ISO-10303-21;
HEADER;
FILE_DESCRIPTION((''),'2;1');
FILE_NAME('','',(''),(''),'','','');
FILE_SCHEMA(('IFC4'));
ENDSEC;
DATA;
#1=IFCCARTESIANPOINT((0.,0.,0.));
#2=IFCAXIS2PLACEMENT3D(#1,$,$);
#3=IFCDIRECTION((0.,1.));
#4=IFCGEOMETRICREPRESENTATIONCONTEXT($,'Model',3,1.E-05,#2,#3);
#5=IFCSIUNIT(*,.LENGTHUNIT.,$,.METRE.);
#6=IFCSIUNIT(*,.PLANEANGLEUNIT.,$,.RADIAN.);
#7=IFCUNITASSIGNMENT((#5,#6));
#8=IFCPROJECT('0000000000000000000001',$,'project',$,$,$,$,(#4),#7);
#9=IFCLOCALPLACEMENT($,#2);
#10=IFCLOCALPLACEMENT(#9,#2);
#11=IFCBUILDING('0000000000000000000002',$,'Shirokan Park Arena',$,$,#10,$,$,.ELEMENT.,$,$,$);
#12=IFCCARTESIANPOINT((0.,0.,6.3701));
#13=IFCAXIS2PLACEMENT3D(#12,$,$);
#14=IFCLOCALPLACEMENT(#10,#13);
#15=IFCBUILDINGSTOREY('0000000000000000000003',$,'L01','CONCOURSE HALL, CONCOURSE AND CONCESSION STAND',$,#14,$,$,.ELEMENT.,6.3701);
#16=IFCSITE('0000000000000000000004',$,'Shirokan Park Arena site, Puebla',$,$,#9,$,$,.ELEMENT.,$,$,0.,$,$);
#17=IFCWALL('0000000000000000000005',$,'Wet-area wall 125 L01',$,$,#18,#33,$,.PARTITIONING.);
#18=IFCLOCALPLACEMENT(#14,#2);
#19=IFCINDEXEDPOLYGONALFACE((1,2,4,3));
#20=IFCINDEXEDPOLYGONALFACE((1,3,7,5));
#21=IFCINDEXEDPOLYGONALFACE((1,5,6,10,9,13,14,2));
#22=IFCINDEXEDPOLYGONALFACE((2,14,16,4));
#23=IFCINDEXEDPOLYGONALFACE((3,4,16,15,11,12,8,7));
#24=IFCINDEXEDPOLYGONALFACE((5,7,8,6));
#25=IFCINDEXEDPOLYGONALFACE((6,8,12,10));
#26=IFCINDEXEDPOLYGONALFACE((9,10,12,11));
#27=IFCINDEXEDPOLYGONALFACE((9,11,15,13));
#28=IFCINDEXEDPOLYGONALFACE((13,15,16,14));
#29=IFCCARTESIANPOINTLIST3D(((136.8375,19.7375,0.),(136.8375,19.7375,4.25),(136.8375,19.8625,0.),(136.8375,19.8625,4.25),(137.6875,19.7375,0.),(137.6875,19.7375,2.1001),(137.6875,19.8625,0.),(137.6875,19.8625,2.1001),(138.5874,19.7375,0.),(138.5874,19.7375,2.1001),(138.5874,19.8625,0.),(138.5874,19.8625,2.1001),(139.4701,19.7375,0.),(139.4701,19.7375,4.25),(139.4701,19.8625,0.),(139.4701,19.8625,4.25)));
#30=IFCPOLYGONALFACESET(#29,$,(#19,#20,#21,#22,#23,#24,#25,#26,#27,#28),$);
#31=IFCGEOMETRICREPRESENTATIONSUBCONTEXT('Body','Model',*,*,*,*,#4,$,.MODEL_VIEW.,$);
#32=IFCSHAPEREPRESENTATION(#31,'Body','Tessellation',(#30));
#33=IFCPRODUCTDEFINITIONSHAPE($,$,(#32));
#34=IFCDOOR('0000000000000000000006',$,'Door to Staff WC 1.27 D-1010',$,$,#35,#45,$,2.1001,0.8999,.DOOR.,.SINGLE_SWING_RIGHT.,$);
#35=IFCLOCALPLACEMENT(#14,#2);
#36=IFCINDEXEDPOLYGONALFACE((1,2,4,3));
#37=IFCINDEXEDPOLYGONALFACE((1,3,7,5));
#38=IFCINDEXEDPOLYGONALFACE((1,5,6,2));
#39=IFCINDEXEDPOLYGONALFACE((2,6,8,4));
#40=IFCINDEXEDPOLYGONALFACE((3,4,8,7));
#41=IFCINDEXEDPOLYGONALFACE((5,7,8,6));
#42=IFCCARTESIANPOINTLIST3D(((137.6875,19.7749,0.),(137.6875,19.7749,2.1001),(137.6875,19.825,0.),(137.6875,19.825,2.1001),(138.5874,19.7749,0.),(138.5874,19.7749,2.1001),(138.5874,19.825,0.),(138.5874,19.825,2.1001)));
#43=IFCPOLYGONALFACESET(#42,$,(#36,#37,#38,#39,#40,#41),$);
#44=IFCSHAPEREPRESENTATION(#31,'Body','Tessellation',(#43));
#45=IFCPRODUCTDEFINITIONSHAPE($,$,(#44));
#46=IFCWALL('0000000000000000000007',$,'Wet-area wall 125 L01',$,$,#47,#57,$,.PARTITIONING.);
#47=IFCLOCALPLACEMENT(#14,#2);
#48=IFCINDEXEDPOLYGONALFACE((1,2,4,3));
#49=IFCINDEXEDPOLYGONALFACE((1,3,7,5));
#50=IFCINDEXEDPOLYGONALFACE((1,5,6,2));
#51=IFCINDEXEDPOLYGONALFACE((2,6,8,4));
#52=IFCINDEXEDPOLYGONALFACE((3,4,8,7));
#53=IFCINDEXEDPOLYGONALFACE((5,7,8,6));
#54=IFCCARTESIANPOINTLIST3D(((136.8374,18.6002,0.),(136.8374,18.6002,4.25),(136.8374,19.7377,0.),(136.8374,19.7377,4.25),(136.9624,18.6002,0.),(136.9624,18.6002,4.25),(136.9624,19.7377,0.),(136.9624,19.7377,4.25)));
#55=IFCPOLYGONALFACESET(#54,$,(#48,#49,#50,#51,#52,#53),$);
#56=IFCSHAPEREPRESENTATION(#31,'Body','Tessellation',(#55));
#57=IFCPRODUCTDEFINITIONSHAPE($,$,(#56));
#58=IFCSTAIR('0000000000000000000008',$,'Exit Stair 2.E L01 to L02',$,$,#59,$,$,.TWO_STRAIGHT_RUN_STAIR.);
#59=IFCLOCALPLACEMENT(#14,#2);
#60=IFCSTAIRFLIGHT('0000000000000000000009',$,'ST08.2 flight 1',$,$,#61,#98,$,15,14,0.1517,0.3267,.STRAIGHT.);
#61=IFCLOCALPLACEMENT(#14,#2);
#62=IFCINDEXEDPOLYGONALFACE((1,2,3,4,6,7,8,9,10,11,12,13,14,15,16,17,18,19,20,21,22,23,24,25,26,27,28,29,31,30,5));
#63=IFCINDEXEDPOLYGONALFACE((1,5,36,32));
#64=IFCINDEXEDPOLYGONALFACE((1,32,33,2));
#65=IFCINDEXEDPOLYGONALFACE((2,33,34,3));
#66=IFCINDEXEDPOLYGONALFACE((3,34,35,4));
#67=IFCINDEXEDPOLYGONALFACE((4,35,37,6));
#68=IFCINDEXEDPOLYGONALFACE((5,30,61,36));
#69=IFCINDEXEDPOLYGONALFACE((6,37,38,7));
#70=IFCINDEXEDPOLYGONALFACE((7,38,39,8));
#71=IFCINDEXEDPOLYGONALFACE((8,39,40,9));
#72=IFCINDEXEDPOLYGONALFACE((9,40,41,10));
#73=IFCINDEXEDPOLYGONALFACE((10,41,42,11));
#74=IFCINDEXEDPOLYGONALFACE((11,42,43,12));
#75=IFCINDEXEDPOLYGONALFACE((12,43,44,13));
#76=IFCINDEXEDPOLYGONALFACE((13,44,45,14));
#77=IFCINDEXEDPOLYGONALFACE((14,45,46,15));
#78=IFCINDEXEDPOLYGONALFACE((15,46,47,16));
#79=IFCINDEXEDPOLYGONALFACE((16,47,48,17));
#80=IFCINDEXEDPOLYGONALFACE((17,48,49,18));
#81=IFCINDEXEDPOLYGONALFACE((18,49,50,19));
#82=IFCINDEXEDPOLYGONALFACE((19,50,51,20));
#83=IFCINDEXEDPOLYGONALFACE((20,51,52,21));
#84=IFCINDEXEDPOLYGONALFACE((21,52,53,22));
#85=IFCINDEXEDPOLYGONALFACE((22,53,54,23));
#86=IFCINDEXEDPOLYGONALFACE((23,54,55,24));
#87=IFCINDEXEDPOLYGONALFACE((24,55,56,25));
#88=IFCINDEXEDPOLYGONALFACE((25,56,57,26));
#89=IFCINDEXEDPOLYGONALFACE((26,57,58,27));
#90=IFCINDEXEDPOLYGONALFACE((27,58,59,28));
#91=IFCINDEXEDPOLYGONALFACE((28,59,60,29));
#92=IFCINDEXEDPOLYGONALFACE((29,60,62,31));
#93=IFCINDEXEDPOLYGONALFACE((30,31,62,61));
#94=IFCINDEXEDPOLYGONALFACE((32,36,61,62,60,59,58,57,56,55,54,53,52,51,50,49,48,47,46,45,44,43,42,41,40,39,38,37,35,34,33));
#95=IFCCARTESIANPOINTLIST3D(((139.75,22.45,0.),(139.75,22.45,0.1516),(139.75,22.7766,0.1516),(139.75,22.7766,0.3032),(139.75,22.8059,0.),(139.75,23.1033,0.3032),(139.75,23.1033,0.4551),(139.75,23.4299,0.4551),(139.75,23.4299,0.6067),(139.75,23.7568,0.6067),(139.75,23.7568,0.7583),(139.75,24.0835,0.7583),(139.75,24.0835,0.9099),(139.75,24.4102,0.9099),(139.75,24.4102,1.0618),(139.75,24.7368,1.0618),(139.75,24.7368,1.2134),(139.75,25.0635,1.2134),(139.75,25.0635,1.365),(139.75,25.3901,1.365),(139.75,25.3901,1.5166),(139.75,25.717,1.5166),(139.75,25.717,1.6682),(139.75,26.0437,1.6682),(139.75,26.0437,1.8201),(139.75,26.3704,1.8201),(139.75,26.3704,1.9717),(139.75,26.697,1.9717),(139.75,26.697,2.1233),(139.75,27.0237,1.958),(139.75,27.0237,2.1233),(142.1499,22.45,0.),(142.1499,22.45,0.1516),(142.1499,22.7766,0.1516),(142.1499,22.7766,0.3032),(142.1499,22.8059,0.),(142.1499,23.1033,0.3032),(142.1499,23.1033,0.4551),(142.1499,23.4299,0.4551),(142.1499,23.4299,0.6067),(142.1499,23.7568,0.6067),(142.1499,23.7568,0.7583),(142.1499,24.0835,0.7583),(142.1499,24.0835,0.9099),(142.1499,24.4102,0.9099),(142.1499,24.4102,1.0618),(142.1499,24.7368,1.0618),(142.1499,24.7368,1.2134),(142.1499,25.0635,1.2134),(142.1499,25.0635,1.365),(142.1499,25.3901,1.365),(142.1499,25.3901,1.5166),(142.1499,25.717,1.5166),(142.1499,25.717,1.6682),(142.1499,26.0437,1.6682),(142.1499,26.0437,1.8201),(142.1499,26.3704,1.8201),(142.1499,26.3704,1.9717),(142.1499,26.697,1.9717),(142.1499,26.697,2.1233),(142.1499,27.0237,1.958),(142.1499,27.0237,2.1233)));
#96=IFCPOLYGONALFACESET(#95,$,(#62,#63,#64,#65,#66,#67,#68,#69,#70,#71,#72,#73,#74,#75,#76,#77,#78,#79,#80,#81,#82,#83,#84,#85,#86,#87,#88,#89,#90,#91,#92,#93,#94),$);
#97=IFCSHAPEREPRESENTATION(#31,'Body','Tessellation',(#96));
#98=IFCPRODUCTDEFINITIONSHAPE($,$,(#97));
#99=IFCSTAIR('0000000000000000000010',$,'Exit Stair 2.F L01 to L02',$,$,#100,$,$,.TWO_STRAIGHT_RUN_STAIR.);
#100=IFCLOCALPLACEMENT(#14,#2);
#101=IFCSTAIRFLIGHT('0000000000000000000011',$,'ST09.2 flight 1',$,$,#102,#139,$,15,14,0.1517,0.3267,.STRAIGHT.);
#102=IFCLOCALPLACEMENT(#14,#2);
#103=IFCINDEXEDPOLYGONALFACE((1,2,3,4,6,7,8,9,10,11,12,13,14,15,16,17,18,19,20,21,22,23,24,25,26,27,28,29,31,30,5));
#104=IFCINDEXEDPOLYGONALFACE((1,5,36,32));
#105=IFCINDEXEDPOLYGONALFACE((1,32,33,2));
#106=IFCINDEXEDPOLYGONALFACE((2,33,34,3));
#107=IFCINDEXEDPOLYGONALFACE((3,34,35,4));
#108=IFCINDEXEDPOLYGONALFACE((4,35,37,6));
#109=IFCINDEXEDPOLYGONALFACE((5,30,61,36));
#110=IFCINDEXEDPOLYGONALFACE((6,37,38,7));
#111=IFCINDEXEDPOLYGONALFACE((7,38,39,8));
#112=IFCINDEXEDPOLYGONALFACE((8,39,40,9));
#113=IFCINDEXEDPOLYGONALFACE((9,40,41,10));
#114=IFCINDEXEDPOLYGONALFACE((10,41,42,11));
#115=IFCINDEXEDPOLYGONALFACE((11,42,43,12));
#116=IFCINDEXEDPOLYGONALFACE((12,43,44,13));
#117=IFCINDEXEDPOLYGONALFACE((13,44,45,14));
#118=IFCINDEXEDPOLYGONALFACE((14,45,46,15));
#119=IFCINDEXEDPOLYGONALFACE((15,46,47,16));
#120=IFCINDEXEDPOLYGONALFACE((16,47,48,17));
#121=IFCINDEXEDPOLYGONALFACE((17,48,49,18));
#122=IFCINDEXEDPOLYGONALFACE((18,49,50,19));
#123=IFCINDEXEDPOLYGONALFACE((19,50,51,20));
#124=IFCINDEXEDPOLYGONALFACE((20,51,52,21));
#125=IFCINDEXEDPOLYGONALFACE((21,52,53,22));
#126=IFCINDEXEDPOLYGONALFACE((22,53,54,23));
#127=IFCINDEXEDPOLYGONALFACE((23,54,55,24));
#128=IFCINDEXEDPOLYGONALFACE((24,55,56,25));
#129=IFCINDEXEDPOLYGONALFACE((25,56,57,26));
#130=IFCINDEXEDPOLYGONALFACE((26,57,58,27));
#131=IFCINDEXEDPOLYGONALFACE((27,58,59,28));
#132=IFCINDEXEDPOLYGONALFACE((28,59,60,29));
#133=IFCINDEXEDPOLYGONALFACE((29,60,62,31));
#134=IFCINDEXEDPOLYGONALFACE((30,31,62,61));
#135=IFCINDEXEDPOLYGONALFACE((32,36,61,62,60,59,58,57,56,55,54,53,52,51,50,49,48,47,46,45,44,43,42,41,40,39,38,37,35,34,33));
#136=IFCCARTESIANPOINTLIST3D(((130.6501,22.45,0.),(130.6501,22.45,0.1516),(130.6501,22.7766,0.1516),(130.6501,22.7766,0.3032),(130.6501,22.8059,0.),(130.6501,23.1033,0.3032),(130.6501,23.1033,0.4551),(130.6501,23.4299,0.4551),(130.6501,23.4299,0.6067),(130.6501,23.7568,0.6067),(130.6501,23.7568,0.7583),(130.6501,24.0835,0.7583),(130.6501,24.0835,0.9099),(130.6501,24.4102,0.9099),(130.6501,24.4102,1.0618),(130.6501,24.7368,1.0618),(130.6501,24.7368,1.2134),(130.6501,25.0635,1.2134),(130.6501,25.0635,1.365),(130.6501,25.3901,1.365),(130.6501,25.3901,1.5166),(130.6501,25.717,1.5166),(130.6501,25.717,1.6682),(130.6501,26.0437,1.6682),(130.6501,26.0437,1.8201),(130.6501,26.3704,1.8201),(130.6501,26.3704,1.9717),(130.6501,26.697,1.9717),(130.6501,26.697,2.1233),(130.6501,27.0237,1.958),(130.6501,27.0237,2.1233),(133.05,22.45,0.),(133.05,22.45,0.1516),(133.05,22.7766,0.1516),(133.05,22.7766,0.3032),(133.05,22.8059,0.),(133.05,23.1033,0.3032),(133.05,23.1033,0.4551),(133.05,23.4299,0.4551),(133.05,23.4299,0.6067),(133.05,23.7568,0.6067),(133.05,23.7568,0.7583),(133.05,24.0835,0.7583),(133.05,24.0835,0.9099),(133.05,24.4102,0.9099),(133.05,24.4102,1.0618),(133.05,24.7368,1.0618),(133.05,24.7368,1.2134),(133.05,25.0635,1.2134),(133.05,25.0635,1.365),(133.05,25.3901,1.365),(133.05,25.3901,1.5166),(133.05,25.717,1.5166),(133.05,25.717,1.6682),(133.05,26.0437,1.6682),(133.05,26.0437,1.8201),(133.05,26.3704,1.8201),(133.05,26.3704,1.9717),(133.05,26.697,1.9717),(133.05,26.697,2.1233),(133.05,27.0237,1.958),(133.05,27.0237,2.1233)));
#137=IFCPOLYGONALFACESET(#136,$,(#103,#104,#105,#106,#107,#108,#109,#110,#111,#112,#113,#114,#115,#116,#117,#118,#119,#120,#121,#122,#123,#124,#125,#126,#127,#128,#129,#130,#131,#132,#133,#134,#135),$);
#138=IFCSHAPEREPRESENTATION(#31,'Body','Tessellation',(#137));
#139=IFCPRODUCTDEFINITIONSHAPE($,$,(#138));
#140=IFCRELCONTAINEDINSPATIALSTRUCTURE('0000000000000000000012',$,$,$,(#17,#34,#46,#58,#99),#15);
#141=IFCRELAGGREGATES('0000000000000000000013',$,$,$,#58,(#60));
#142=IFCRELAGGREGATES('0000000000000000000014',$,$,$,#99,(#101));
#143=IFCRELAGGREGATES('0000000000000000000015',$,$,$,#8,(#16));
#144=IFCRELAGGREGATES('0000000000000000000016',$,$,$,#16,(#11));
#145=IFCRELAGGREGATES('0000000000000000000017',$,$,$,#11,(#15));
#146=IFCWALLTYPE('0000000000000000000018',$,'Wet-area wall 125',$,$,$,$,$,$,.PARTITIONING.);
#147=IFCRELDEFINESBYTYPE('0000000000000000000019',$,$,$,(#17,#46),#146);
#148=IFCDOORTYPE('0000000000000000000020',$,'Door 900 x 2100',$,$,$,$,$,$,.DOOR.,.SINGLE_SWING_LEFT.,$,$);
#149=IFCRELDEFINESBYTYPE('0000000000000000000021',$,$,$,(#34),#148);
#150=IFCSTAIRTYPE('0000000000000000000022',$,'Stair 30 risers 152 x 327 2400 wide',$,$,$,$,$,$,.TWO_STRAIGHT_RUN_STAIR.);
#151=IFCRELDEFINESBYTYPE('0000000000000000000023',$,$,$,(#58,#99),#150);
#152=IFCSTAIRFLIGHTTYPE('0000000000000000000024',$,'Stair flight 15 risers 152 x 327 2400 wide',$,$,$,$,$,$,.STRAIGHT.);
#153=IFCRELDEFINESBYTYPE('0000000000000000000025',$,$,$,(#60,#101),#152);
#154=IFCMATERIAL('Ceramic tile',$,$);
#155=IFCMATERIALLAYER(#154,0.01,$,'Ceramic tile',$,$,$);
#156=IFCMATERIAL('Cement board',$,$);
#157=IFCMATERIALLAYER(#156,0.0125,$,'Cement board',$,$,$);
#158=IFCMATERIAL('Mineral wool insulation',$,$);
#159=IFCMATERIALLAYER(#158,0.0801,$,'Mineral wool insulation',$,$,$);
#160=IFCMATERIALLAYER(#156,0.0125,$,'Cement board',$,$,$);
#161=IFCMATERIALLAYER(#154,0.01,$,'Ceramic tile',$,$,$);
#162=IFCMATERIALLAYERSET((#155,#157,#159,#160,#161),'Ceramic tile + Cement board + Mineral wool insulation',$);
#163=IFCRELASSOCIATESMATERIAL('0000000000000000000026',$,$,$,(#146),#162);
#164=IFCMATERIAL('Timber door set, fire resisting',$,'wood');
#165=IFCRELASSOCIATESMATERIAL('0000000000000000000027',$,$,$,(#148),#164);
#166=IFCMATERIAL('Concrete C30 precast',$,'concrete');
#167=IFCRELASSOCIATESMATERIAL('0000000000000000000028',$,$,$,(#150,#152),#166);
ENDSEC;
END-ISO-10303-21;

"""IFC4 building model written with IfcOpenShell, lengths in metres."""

from ifc_helpers import new_model, si_unit, direction, frame, frame_2d, origin, place, context, subcontext, project, spatial, polyline, rectangle, outline, extrude, material, layer, layer_set, type_object, element, fill, aggregate, save


model = new_model("IFC4")

# Units and contexts
model_context = context("Model", 3, precision=1e-05, world=origin(), true_north=direction((0.0, 1.0)))
body_context = subcontext(model_context, "Body", "Model", "MODEL_VIEW")
ifc_project = project(units=[si_unit("LENGTHUNIT", "METRE"), si_unit("PLANEANGLEUNIT", "RADIAN")], contexts=[model_context])

# Site, building, storey
site_placement = place(None, origin())
site = spatial("IfcSite", under=ifc_project, at=site_placement, Name="Shirokan Park Arena site, Puebla", CompositionType="ELEMENT", RefElevation=0.0)
building_placement = place(site_placement, origin())
building = spatial("IfcBuilding", under=site, at=building_placement, Name="Shirokan Park Arena", CompositionType="ELEMENT")
storey_placement = place(building_placement, frame((0.0, 0.0, 6.3701)))
storey = spatial("IfcBuildingStorey", under=building, at=storey_placement, Name="L01", Description="CONCOURSE HALL, CONCOURSE AND CONCESSION STAND", CompositionType="ELEMENT", Elevation=6.3701)

# Shared definitions
ifc_material_1 = material(Name="Ceramic tile")
ifc_layer_1 = layer(ifc_material_1, 0.01, Name="Ceramic tile")
ifc_material_2 = material(Name="Cement board")
ifc_layer_2 = layer(ifc_material_2, 0.0125, Name="Cement board")
ifc_material_3 = material(Name="Mineral wool insulation")
ifc_layer_3 = layer(ifc_material_3, 0.0801, Name="Mineral wool insulation")
ifc_layer_4 = layer(ifc_material_2, 0.0125, Name="Cement board")
ifc_layer_5 = layer(ifc_material_1, 0.01, Name="Ceramic tile")
ifc_layer_set_1 = layer_set([ifc_layer_1, ifc_layer_2, ifc_layer_3, ifc_layer_4, ifc_layer_5], Name="Ceramic tile + Cement board + Mineral wool insulation")
wall_type_1 = type_object("IfcWallType", Name="Wet-area wall 125", PredefinedType="PARTITIONING", material=ifc_layer_set_1)

# Wall, opening, door
wall_1_placement = place(storey_placement, frame((136.8374, 19.8, 0.0), z_axis=(0.0, 0.0, 1.0), x_axis=(1.0, 0.0, 0.0)))
wall_1 = element("IfcWall", 1, at=wall_1_placement, inside=storey, type_object=wall_type_1, Name="Wet-area wall 125 L01", PredefinedType="PARTITIONING", context=body_context, shape_type="SweptSolid", body=[
    extrude(rectangle(XDim=2.6326, YDim=0.125, at=frame_2d((1.3164, 0.0))), origin(), (0.0, 0.0, 1.0), 4.25),
])
opening_1_placement = place(wall_1_placement, frame((0.8501, 0.0, 0.0)))
opening_1 = element("IfcOpeningElement", 2, at=opening_1_placement, cuts=wall_1, PredefinedType="OPENING", context=body_context, shape_type="SweptSolid", body=[
    extrude(rectangle(XDim=0.8999, YDim=2.1001, at=frame_2d((0.45, 1.05))), frame((0.0, 0.0725, 0.0), z_axis=(0.0, -1.0, 0.0), x_axis=(1.0, 0.0, 0.0)), (0.0, 0.0, 1.0), 0.145),
])
ifc_material_4 = material(Name="Timber door set, fire resisting", Category="wood")
door_type_1 = type_object("IfcDoorType", Name="Door 900 x 2100", OperationType="SINGLE_SWING_LEFT", PredefinedType="DOOR", material=ifc_material_4)
door_1_placement = place(opening_1_placement, origin())
door_1 = element("IfcDoor", 3, at=door_1_placement, inside=storey, type_object=door_type_1, Name="Door to Staff WC 1.27 D-1010", OperationType="SINGLE_SWING_RIGHT", OverallHeight=2.1001, OverallWidth=0.8999, PredefinedType="DOOR", context=body_context, shape_type="SweptSolid", body=[
    extrude(rectangle(XDim=0.8999, YDim=2.1001, at=frame_2d((0.45, 1.05))), frame((0.0, 0.0249, 0.0), z_axis=(0.0, -1.0, 0.0), x_axis=(1.0, 0.0, 0.0)), (0.0, 0.0, 1.0), 0.05),
])
fill(opening_1, door_1)

# Wall
wall_2_placement = place(storey_placement, frame((136.8999, 18.6001, 0.0), z_axis=(0.0, 0.0, 1.0), x_axis=(0.0, 1.0, 0.0)))
element("IfcWall", 4, at=wall_2_placement, inside=storey, type_object=wall_type_1, Name="Wet-area wall 125 L01", PredefinedType="PARTITIONING", context=body_context, shape_type="SweptSolid", body=[
    extrude(rectangle(XDim=1.1375, YDim=0.125, at=frame_2d((0.5688, 0.0))), origin(), (0.0, 0.0, 1.0), 4.25),
])

# Stair, stair flight
ifc_material_5 = material(Name="Concrete C30 precast", Category="concrete")
stair_type = type_object("IfcStairType", Name="Stair 30 risers 152 x 327 2400 wide", PredefinedType="TWO_STRAIGHT_RUN_STAIR", material=ifc_material_5)
stair_1_placement = place(storey_placement, origin())
stair_1 = element("IfcStair", 5, at=stair_1_placement, inside=storey, type_object=stair_type, Name="Exit Stair 2.E L01 to L02", PredefinedType="TWO_STRAIGHT_RUN_STAIR")
stair_flight_type = type_object("IfcStairFlightType", Name="Stair flight 15 risers 152 x 327 2400 wide", PredefinedType="STRAIGHT", material=ifc_material_5)
stair_flight_1_placement = place(storey_placement, frame((140.95, 22.45, 0.0), z_axis=(0.0, 0.0, 1.0), x_axis=(0.0, 1.0, 0.0)))
stair_flight_1 = element("IfcStairFlight", 6, at=stair_flight_1_placement, type_object=stair_flight_type, Name="ST08.2 flight 1", NumberOfRisers=15, NumberOfTreads=14, PredefinedType="STRAIGHT", RiserHeight=0.1517, TreadLength=0.3267, context=body_context, shape_type="SweptSolid", body=[
    extrude(outline(polyline([(0.0, 0.0), (0.0, 0.1516), (0.3267, 0.1516), (0.3267, 0.3032), (0.6533, 0.3032), (0.6533, 0.4551), (0.98, 0.4551), (0.98, 0.6067), (1.3069, 0.6067), (1.3069, 0.7583), (1.6335, 0.7583), (1.6335, 0.9099), (1.9602, 0.9099), (1.9602, 1.0618), (2.2869, 1.0618), (2.2869, 1.2134), (2.6135, 1.2134), (2.6135, 1.365), (2.9402, 1.365), (2.9402, 1.5166), (3.2671, 1.5166), (3.2671, 1.6682), (3.5938, 1.6682), (3.5938, 1.8201), (3.9204, 1.8201), (3.9204, 1.9717), (4.2471, 1.9717), (4.2471, 2.1233), (4.5737, 2.1233), (4.5737, 2.2749), (4.5737, 1.958), (0.356, 0.0), (0.0, 0.0)])), frame((0.0, 1.2, 0.0), z_axis=(0.0, -1.0, 0.0), x_axis=(1.0, 0.0, 0.0)), (0.0, 0.0, 1.0), 2.3999),
])
aggregate(stair_1, [stair_flight_1])

# Stair, stair flight
stair_2_placement = place(storey_placement, origin())
stair_2 = element("IfcStair", 7, at=stair_2_placement, inside=storey, type_object=stair_type, Name="Exit Stair 2.F L01 to L02", PredefinedType="TWO_STRAIGHT_RUN_STAIR")
stair_flight_2_placement = place(storey_placement, frame((131.8501, 22.45, 0.0), z_axis=(0.0, 0.0, 1.0), x_axis=(0.0, 1.0, 0.0)))
stair_flight_2 = element("IfcStairFlight", 8, at=stair_flight_2_placement, type_object=stair_flight_type, Name="ST09.2 flight 1", NumberOfRisers=15, NumberOfTreads=14, PredefinedType="STRAIGHT", RiserHeight=0.1517, TreadLength=0.3267, context=body_context, shape_type="SweptSolid", body=[
    extrude(outline(polyline([(0.0, 0.0), (0.0, 0.1516), (0.3267, 0.1516), (0.3267, 0.3032), (0.6533, 0.3032), (0.6533, 0.4551), (0.98, 0.4551), (0.98, 0.6067), (1.3069, 0.6067), (1.3069, 0.7583), (1.6335, 0.7583), (1.6335, 0.9099), (1.9602, 0.9099), (1.9602, 1.0618), (2.2869, 1.0618), (2.2869, 1.2134), (2.6135, 1.2134), (2.6135, 1.365), (2.9402, 1.365), (2.9402, 1.5166), (3.2671, 1.5166), (3.2671, 1.6682), (3.5938, 1.6682), (3.5938, 1.8201), (3.9204, 1.8201), (3.9204, 1.9717), (4.2471, 1.9717), (4.2471, 2.1233), (4.5737, 2.1233), (4.5737, 2.2749), (4.5737, 1.958), (0.356, 0.0), (0.0, 0.0)])), frame((0.0, 1.2, 0.0), z_axis=(0.0, -1.0, 0.0), x_axis=(1.0, 0.0, 0.0)), (0.0, 0.0, 1.0), 2.3999),
])
aggregate(stair_2, [stair_flight_2])

save(model, "model.ifc")
